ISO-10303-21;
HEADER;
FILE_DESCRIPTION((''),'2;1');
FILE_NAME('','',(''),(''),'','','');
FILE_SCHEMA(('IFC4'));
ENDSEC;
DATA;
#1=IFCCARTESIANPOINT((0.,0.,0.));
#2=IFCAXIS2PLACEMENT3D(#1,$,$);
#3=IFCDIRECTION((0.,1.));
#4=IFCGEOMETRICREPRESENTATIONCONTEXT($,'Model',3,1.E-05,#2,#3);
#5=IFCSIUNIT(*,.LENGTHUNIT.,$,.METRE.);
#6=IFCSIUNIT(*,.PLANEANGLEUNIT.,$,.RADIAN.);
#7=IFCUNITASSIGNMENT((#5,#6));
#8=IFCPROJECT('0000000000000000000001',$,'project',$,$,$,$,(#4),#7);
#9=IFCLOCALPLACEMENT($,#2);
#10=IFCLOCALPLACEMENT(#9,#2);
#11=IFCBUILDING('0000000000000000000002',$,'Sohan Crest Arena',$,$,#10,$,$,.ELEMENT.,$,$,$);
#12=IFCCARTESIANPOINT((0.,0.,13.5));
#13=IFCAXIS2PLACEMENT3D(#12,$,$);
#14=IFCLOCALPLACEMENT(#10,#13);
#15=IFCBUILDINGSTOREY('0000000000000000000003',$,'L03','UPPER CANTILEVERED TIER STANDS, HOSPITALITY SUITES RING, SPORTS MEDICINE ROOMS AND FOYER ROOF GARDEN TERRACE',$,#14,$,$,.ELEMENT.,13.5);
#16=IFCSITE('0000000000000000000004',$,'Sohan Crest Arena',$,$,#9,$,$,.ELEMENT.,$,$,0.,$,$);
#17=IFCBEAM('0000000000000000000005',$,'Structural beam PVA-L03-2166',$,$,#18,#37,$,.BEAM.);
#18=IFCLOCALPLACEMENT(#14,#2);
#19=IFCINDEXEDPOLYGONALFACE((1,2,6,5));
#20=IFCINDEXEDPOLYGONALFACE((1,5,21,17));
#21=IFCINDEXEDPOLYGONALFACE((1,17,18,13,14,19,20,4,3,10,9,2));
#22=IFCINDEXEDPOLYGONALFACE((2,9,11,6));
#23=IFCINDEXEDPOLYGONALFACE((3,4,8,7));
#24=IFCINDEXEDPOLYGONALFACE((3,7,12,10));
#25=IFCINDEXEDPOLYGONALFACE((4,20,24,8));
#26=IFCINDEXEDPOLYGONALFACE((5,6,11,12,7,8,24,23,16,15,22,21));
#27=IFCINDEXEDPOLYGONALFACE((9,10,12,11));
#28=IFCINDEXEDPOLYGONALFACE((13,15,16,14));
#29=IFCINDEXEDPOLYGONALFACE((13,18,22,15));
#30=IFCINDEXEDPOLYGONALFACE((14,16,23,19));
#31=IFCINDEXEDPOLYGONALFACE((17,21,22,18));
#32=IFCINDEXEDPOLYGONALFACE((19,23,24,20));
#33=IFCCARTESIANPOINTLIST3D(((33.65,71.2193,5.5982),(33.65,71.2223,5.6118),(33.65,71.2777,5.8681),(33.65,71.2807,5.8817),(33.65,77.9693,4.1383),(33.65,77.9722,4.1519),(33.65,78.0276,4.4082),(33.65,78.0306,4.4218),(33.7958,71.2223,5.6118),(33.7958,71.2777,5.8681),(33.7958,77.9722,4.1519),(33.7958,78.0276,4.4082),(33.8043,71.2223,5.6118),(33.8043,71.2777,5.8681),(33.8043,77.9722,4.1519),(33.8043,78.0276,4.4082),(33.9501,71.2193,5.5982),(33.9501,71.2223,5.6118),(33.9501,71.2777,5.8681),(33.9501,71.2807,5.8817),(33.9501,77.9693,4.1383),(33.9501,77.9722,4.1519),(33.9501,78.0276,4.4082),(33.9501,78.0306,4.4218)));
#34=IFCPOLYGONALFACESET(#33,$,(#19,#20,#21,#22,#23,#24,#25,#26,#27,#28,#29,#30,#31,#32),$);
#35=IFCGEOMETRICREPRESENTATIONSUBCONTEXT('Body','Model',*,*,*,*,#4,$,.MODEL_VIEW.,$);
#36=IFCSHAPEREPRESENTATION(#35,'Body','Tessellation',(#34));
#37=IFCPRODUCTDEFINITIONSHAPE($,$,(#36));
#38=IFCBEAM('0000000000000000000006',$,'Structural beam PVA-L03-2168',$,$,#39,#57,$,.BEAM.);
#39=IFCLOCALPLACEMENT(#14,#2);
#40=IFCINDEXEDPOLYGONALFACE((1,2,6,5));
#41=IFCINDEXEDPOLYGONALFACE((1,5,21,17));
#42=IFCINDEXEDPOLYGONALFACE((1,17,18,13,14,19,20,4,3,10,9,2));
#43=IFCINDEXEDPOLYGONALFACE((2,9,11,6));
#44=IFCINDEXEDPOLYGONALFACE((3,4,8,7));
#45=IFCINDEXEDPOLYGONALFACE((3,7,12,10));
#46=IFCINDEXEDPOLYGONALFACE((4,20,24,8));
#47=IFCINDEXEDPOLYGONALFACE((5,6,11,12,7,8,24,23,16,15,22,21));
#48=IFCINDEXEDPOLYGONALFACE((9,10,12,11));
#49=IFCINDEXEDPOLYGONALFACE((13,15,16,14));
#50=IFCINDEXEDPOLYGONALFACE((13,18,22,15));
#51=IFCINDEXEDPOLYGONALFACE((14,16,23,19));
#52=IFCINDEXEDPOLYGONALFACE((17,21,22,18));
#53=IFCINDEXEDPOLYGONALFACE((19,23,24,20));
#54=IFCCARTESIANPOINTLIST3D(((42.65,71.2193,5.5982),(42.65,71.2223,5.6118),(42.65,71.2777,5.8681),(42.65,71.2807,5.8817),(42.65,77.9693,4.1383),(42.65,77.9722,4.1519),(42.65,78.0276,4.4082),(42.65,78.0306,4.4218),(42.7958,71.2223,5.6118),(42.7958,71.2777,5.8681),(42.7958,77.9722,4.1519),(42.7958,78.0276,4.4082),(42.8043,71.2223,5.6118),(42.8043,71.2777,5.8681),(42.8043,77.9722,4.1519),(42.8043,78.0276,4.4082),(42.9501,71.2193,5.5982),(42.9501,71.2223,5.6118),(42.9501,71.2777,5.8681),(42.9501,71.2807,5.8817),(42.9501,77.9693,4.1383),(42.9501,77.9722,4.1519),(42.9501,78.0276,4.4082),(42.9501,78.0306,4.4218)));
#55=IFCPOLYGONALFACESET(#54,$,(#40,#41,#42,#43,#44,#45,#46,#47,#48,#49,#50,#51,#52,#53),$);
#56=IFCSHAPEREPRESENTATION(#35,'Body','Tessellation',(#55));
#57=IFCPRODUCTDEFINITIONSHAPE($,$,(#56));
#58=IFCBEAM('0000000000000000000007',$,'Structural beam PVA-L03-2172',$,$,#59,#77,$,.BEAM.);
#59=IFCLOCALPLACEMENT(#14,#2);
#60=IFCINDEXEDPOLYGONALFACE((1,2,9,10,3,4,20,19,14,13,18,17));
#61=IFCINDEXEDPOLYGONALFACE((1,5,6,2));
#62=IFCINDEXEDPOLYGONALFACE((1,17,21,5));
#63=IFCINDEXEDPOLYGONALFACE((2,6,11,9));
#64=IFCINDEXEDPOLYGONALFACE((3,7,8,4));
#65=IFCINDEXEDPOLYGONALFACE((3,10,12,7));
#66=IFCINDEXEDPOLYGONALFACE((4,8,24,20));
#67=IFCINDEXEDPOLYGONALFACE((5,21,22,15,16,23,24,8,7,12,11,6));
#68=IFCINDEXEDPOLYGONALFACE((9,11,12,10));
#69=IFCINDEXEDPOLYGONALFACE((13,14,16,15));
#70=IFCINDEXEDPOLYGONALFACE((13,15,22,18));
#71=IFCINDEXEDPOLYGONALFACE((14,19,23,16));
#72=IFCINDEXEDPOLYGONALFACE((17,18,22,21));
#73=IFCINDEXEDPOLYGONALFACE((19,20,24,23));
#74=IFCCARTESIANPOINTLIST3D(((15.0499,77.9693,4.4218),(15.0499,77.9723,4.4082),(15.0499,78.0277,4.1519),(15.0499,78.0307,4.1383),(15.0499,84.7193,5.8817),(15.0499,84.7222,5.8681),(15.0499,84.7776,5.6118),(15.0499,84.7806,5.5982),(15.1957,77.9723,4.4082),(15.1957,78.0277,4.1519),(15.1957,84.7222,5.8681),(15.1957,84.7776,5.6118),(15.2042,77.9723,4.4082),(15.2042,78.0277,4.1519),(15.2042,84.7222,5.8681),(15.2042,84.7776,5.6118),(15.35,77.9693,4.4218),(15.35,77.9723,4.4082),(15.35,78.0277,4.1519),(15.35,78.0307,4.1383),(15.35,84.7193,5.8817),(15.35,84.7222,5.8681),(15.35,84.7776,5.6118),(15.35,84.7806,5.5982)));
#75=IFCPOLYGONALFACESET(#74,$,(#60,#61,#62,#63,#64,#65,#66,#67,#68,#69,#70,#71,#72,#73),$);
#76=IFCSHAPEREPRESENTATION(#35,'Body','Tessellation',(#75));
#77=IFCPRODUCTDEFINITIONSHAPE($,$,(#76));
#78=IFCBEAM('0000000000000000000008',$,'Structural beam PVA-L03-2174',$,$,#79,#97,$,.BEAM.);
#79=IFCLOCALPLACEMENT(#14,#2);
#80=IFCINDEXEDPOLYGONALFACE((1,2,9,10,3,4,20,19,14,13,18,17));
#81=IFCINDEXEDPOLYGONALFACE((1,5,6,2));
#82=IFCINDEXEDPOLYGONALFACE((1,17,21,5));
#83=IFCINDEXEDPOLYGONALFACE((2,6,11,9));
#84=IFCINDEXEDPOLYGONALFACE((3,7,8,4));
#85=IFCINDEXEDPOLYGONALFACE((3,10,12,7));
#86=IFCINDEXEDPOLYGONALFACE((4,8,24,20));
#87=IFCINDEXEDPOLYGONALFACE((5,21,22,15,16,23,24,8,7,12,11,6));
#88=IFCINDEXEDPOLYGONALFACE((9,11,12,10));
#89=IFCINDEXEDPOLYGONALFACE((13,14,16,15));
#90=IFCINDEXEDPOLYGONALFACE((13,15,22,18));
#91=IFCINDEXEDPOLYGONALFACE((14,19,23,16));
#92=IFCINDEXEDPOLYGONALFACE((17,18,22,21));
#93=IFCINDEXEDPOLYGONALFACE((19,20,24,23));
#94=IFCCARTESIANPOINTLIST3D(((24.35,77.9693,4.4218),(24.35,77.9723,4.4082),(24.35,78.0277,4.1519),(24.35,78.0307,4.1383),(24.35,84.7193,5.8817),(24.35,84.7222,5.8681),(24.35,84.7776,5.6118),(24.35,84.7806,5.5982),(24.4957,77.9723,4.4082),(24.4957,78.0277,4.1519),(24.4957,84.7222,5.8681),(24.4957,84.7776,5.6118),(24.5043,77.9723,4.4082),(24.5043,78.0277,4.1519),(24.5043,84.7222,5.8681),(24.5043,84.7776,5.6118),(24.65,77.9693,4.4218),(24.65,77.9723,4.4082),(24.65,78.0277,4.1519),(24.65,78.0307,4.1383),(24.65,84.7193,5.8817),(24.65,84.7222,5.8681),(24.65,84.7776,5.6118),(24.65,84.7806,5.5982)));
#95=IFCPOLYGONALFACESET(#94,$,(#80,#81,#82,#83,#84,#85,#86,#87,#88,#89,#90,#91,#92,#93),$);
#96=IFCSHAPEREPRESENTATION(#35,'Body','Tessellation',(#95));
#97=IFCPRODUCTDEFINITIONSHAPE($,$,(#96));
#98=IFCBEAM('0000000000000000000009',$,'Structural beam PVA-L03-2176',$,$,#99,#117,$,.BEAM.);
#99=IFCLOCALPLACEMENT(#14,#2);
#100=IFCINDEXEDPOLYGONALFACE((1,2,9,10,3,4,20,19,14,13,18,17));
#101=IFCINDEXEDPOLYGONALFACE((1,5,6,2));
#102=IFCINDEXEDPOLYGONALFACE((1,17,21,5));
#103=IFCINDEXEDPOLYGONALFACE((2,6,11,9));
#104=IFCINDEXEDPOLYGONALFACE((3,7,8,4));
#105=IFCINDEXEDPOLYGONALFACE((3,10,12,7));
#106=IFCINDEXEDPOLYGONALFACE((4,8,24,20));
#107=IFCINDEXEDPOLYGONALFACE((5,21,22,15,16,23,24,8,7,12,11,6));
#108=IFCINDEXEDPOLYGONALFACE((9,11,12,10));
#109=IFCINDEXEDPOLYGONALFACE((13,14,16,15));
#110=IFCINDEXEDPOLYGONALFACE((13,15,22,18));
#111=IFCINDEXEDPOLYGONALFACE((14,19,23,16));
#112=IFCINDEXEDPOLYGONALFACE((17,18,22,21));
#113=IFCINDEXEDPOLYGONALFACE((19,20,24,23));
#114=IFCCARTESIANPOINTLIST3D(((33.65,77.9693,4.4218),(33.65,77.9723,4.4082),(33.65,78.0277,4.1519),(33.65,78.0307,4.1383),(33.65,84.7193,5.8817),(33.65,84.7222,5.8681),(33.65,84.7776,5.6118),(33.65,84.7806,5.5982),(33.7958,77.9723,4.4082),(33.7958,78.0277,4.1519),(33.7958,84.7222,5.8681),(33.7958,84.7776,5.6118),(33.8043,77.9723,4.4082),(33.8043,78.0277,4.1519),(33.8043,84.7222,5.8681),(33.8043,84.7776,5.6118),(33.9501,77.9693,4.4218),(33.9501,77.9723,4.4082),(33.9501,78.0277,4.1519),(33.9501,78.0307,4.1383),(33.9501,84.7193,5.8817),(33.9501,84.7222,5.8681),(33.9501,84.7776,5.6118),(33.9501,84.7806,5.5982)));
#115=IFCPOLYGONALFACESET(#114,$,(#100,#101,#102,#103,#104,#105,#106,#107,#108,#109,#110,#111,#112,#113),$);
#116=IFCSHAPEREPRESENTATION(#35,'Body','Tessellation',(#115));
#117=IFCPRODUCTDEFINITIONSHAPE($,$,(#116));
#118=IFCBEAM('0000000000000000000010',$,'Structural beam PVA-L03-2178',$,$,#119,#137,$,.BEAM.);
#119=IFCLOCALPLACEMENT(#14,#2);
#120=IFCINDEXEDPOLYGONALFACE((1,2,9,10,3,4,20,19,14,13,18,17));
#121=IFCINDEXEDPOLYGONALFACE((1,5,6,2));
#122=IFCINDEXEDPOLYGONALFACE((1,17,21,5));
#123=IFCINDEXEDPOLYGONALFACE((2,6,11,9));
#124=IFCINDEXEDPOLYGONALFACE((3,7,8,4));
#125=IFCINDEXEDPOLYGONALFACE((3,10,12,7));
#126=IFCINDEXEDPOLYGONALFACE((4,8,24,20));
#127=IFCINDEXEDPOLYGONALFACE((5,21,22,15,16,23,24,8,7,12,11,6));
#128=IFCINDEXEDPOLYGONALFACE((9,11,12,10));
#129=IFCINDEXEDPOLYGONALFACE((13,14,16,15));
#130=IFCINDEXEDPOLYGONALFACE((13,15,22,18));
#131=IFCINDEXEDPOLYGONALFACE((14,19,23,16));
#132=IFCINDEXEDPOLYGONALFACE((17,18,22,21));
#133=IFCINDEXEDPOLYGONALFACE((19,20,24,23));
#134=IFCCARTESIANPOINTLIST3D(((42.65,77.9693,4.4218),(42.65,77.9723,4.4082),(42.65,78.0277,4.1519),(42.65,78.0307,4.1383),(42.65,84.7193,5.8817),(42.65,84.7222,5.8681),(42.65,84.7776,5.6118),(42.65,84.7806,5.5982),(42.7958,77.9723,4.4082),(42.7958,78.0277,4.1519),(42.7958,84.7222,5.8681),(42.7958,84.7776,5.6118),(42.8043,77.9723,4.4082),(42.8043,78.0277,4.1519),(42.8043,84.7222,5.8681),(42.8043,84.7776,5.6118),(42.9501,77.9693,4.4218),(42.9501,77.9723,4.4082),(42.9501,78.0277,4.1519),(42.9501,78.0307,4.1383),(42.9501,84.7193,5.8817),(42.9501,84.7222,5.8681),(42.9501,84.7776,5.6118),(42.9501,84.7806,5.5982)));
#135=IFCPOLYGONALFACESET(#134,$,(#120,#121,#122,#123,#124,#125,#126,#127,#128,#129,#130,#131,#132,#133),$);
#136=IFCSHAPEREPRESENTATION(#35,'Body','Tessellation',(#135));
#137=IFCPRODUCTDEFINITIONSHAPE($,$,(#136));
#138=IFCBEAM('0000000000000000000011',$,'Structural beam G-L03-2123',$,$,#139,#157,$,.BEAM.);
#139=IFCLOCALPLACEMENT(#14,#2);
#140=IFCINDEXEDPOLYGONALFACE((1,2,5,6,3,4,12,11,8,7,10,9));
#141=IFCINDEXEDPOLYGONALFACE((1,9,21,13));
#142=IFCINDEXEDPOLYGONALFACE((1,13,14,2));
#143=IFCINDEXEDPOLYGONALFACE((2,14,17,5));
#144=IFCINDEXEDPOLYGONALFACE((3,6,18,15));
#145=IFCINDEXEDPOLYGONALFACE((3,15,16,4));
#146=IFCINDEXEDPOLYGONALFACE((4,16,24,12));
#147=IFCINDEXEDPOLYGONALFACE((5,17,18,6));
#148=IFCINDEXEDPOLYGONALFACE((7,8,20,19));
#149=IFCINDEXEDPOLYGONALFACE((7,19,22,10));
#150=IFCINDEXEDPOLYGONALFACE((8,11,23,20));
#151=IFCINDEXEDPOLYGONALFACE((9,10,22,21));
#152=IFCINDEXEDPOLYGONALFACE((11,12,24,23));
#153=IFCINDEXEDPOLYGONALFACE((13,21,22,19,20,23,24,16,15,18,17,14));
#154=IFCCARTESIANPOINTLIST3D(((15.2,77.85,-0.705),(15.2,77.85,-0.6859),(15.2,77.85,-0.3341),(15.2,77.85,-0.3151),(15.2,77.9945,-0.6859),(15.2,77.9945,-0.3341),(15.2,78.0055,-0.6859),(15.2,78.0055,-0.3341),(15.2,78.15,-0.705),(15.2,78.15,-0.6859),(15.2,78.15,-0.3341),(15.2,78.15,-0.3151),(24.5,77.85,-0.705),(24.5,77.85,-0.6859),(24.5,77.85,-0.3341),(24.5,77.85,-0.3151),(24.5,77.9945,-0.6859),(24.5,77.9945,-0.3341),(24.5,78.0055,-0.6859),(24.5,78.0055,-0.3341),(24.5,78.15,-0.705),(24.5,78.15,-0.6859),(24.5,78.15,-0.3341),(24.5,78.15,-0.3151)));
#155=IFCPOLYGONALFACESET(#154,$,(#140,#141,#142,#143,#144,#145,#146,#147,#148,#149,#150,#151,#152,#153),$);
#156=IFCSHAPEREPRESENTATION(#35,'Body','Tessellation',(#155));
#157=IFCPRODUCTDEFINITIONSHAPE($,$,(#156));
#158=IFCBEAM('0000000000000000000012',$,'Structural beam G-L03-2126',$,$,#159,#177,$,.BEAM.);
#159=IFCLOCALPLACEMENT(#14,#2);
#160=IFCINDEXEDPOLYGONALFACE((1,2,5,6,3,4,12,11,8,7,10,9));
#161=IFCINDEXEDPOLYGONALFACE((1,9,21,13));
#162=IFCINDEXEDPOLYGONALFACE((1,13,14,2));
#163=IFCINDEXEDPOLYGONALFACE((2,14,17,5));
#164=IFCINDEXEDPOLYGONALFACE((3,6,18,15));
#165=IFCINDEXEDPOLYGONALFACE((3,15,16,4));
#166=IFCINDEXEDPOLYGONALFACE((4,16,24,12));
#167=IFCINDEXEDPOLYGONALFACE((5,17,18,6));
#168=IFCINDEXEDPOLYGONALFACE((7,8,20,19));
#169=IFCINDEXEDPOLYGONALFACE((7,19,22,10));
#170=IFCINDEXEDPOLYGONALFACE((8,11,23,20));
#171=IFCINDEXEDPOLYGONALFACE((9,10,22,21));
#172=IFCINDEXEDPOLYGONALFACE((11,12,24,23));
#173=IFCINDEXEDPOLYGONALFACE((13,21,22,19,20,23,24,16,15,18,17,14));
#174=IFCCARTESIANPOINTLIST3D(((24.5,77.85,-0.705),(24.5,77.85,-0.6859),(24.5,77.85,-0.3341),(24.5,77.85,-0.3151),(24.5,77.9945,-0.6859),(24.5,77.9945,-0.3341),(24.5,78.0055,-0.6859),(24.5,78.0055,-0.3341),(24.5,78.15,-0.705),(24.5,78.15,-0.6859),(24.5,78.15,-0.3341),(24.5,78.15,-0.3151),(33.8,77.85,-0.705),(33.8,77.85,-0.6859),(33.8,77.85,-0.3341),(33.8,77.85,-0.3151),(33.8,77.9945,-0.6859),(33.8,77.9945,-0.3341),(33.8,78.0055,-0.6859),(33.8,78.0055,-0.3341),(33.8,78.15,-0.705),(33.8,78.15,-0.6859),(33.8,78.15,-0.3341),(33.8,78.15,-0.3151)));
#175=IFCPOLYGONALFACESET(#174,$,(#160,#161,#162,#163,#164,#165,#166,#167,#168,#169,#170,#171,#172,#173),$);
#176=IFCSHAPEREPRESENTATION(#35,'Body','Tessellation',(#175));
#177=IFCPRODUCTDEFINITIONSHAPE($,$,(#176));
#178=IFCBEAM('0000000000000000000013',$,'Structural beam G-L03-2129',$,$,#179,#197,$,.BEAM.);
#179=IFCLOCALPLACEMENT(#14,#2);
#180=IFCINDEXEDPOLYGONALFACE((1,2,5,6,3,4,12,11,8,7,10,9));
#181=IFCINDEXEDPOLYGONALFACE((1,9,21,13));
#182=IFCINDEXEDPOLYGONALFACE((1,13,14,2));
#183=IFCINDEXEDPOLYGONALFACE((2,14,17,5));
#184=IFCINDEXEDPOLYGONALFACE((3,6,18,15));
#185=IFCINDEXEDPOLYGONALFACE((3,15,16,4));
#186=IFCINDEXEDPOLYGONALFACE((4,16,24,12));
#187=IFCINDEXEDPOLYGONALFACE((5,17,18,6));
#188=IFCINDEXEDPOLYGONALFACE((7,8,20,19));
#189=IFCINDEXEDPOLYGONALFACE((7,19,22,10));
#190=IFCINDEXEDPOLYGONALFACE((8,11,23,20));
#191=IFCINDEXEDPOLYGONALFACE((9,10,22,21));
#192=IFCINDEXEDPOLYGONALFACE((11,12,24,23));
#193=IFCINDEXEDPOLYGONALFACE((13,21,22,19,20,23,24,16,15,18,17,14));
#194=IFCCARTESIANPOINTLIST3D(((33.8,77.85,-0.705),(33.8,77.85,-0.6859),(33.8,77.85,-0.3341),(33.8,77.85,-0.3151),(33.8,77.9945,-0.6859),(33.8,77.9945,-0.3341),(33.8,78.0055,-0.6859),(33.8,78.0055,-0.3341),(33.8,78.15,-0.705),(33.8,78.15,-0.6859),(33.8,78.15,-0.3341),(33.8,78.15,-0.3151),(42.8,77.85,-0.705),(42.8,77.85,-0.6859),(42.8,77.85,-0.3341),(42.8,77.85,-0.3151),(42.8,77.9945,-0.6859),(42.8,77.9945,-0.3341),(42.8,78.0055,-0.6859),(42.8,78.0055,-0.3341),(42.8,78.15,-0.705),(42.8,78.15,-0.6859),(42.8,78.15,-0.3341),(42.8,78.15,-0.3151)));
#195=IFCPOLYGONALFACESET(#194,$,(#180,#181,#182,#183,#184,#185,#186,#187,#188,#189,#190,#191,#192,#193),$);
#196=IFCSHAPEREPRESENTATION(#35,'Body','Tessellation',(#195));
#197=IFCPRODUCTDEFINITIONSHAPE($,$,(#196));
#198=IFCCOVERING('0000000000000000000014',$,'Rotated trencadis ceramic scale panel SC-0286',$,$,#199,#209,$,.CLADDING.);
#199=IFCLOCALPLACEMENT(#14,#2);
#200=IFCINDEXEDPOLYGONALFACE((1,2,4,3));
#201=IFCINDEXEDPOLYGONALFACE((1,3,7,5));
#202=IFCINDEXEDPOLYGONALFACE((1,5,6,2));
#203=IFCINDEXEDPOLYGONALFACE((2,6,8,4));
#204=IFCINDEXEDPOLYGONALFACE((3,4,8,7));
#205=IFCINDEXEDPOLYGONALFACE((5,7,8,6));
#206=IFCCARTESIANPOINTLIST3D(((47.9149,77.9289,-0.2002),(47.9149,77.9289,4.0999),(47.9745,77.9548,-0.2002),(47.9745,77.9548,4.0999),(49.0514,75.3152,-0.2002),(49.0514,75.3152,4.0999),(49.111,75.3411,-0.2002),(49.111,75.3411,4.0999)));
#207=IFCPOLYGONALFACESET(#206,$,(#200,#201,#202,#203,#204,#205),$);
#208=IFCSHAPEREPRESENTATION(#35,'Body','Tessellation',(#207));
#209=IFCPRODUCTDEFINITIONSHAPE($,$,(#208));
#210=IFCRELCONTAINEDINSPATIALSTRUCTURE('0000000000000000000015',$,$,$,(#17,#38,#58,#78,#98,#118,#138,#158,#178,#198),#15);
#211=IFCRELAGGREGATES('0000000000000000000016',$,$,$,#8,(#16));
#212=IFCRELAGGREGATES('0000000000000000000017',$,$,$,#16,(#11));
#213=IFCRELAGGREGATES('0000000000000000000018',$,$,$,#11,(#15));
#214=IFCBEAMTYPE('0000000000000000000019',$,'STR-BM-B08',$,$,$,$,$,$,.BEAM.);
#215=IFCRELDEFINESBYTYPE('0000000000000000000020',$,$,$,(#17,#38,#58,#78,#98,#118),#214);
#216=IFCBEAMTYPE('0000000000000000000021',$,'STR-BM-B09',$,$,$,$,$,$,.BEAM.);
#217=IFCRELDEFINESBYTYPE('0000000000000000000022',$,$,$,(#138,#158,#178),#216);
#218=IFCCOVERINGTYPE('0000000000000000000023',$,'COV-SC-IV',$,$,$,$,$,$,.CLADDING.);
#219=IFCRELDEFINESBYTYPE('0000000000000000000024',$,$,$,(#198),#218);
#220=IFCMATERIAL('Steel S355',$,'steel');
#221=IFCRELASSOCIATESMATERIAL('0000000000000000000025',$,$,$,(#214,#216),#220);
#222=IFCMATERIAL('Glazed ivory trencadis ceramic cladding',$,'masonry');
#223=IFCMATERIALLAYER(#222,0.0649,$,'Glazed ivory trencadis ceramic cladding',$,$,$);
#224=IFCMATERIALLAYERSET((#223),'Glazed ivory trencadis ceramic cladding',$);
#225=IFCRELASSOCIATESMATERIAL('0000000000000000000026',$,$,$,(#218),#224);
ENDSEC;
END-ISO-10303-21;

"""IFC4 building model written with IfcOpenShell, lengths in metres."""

from ifc_helpers import new_model, si_unit, direction, frame, origin, origin_2d, place, context, subcontext, project, spatial, rectangle, i_section, extrude, material, layer, layer_set, material_profile, profile_set, type_object, element, save


model = new_model("IFC4")

# Units and contexts
model_context = context("Model", 3, precision=1e-05, world=origin(), true_north=direction((0.0, 1.0)))
body_context = subcontext(model_context, "Body", "Model", "MODEL_VIEW")
ifc_project = project(units=[si_unit("LENGTHUNIT", "METRE"), si_unit("PLANEANGLEUNIT", "RADIAN")], contexts=[model_context])

# Site, building, storey
site_placement = place(None, origin())
site = spatial("IfcSite", under=ifc_project, at=site_placement, Name="Sohan Crest Arena", CompositionType="ELEMENT", RefElevation=0.0)
building_placement = place(site_placement, origin())
building = spatial("IfcBuilding", under=site, at=building_placement, Name="Sohan Crest Arena", CompositionType="ELEMENT")
storey_placement = place(building_placement, frame((0.0, 0.0, 13.5)))
storey = spatial("IfcBuildingStorey", under=building, at=storey_placement, Name="L03", Description="UPPER CANTILEVERED TIER STANDS, HOSPITALITY SUITES RING, SPORTS MEDICINE ROOMS AND FOYER ROOF GARDEN TERRACE", CompositionType="ELEMENT", Elevation=13.5)

# Beams
ifc_material_1 = material(Name="Steel S355", Category="steel")
ifc_material_profile_1 = material_profile(ifc_material_1, i_section(OverallWidth=0.3, OverallDepth=0.29, WebThickness=0.0085, FlangeThickness=0.0139, at=origin_2d()), Name="HEA 300")
ifc_profile_set_1 = profile_set([ifc_material_profile_1], Name="Steel S355")
beam_type_1 = type_object("IfcBeamType", Name="STR-BM-B08", PredefinedType="BEAM", material=ifc_profile_set_1)
for number, where, z_axis, x_axis, name in (
    (1, (33.8, 71.25, 5.74), (0.0, 0.977399, -0.211402), (-1.0, 0.0, 0.0), "Structural beam PVA-L03-2166"),
    (2, (42.8, 71.25, 5.74), (0.0, 0.977399, -0.211402), (-1.0, 0.0, 0.0), "Structural beam PVA-L03-2168"),
    (3, (15.2, 78.0, 4.28), (0.0, 0.977399, 0.211402), (-1.0, 0.0, 0.0), "Structural beam PVA-L03-2172"),
    (4, (24.5, 78.0, 4.28), (0.0, 0.977399, 0.211402), (-1.0, 0.0, 0.0), "Structural beam PVA-L03-2174"),
    (5, (33.8, 78.0, 4.28), (0.0, 0.977399, 0.211402), (-1.0, 0.0, 0.0), "Structural beam PVA-L03-2176"),
    (6, (42.8, 78.0, 4.28), (0.0, 0.977399, 0.211402), (-1.0, 0.0, 0.0), "Structural beam PVA-L03-2178"),
):
    element("IfcBeam", number, at=place(storey_placement, frame(where, z_axis=z_axis, x_axis=x_axis)), inside=storey, type_object=beam_type_1, Name=name, PredefinedType="BEAM", context=body_context, shape_type="SweptSolid", body=[
        extrude(i_section(OverallWidth=0.3, OverallDepth=0.29, WebThickness=0.0085, FlangeThickness=0.0139, at=origin_2d()), origin(), (0.0, 0.0, 1.0), 6.906),
    ])
ifc_material_profile_2 = material_profile(ifc_material_1, i_section(OverallWidth=0.3, OverallDepth=0.3899, WebThickness=0.011, FlangeThickness=0.019, at=origin_2d()), Name="HEA 400")
ifc_profile_set_2 = profile_set([ifc_material_profile_2], Name="Steel S355")
beam_type_2 = type_object("IfcBeamType", Name="STR-BM-B09", PredefinedType="BEAM", material=ifc_profile_set_2)
for number, where, z_axis, x_axis, name in (
    (7, (15.2, 78.0, -0.51), (1.0, 0.0, 0.0), (0.0, 1.0, 0.0), "Structural beam G-L03-2123"),
    (8, (24.5, 78.0, -0.51), (1.0, 0.0, 0.0), (0.0, 1.0, 0.0), "Structural beam G-L03-2126"),
):
    element("IfcBeam", number, at=place(storey_placement, frame(where, z_axis=z_axis, x_axis=x_axis)), inside=storey, type_object=beam_type_2, Name=name, PredefinedType="BEAM", context=body_context, shape_type="SweptSolid", body=[
        extrude(i_section(OverallWidth=0.3, OverallDepth=0.3899, WebThickness=0.011, FlangeThickness=0.019, at=origin_2d()), origin(), (0.0, 0.0, 1.0), 9.3),
    ])
beam_1_placement = place(storey_placement, frame((33.8, 78.0, -0.51), z_axis=(1.0, 0.0, 0.0), x_axis=(0.0, 1.0, 0.0)))
element("IfcBeam", 9, at=beam_1_placement, inside=storey, type_object=beam_type_2, Name="Structural beam G-L03-2129", PredefinedType="BEAM", context=body_context, shape_type="SweptSolid", body=[
    extrude(i_section(OverallWidth=0.3, OverallDepth=0.3899, WebThickness=0.011, FlangeThickness=0.019, at=origin_2d()), origin(), (0.0, 0.0, 1.0), 9.0),
])

# Covering
ifc_material_2 = material(Name="Glazed ivory trencadis ceramic cladding", Category="masonry")
ifc_layer = layer(ifc_material_2, 0.0649, Name="Glazed ivory trencadis ceramic cladding")
ifc_layer_set = layer_set([ifc_layer], Name="Glazed ivory trencadis ceramic cladding")
covering_type = type_object("IfcCoveringType", Name="COV-SC-IV", PredefinedType="CLADDING", material=ifc_layer_set)
covering_placement = place(storey_placement, frame((48.5129, 76.635, -0.2002), z_axis=(0.0, 0.0, 1.0), x_axis=(0.398749, -0.91706, 0.0)))
element("IfcCovering", 10, at=covering_placement, inside=storey, type_object=covering_type, Name="Rotated trencadis ceramic scale panel SC-0286", PredefinedType="CLADDING", context=body_context, shape_type="SweptSolid", body=[
    extrude(rectangle(XDim=2.8501, YDim=0.0649, at=origin_2d()), origin(), (0.0, 0.0, 1.0), 4.3),
])

save(model, "model.ifc")
